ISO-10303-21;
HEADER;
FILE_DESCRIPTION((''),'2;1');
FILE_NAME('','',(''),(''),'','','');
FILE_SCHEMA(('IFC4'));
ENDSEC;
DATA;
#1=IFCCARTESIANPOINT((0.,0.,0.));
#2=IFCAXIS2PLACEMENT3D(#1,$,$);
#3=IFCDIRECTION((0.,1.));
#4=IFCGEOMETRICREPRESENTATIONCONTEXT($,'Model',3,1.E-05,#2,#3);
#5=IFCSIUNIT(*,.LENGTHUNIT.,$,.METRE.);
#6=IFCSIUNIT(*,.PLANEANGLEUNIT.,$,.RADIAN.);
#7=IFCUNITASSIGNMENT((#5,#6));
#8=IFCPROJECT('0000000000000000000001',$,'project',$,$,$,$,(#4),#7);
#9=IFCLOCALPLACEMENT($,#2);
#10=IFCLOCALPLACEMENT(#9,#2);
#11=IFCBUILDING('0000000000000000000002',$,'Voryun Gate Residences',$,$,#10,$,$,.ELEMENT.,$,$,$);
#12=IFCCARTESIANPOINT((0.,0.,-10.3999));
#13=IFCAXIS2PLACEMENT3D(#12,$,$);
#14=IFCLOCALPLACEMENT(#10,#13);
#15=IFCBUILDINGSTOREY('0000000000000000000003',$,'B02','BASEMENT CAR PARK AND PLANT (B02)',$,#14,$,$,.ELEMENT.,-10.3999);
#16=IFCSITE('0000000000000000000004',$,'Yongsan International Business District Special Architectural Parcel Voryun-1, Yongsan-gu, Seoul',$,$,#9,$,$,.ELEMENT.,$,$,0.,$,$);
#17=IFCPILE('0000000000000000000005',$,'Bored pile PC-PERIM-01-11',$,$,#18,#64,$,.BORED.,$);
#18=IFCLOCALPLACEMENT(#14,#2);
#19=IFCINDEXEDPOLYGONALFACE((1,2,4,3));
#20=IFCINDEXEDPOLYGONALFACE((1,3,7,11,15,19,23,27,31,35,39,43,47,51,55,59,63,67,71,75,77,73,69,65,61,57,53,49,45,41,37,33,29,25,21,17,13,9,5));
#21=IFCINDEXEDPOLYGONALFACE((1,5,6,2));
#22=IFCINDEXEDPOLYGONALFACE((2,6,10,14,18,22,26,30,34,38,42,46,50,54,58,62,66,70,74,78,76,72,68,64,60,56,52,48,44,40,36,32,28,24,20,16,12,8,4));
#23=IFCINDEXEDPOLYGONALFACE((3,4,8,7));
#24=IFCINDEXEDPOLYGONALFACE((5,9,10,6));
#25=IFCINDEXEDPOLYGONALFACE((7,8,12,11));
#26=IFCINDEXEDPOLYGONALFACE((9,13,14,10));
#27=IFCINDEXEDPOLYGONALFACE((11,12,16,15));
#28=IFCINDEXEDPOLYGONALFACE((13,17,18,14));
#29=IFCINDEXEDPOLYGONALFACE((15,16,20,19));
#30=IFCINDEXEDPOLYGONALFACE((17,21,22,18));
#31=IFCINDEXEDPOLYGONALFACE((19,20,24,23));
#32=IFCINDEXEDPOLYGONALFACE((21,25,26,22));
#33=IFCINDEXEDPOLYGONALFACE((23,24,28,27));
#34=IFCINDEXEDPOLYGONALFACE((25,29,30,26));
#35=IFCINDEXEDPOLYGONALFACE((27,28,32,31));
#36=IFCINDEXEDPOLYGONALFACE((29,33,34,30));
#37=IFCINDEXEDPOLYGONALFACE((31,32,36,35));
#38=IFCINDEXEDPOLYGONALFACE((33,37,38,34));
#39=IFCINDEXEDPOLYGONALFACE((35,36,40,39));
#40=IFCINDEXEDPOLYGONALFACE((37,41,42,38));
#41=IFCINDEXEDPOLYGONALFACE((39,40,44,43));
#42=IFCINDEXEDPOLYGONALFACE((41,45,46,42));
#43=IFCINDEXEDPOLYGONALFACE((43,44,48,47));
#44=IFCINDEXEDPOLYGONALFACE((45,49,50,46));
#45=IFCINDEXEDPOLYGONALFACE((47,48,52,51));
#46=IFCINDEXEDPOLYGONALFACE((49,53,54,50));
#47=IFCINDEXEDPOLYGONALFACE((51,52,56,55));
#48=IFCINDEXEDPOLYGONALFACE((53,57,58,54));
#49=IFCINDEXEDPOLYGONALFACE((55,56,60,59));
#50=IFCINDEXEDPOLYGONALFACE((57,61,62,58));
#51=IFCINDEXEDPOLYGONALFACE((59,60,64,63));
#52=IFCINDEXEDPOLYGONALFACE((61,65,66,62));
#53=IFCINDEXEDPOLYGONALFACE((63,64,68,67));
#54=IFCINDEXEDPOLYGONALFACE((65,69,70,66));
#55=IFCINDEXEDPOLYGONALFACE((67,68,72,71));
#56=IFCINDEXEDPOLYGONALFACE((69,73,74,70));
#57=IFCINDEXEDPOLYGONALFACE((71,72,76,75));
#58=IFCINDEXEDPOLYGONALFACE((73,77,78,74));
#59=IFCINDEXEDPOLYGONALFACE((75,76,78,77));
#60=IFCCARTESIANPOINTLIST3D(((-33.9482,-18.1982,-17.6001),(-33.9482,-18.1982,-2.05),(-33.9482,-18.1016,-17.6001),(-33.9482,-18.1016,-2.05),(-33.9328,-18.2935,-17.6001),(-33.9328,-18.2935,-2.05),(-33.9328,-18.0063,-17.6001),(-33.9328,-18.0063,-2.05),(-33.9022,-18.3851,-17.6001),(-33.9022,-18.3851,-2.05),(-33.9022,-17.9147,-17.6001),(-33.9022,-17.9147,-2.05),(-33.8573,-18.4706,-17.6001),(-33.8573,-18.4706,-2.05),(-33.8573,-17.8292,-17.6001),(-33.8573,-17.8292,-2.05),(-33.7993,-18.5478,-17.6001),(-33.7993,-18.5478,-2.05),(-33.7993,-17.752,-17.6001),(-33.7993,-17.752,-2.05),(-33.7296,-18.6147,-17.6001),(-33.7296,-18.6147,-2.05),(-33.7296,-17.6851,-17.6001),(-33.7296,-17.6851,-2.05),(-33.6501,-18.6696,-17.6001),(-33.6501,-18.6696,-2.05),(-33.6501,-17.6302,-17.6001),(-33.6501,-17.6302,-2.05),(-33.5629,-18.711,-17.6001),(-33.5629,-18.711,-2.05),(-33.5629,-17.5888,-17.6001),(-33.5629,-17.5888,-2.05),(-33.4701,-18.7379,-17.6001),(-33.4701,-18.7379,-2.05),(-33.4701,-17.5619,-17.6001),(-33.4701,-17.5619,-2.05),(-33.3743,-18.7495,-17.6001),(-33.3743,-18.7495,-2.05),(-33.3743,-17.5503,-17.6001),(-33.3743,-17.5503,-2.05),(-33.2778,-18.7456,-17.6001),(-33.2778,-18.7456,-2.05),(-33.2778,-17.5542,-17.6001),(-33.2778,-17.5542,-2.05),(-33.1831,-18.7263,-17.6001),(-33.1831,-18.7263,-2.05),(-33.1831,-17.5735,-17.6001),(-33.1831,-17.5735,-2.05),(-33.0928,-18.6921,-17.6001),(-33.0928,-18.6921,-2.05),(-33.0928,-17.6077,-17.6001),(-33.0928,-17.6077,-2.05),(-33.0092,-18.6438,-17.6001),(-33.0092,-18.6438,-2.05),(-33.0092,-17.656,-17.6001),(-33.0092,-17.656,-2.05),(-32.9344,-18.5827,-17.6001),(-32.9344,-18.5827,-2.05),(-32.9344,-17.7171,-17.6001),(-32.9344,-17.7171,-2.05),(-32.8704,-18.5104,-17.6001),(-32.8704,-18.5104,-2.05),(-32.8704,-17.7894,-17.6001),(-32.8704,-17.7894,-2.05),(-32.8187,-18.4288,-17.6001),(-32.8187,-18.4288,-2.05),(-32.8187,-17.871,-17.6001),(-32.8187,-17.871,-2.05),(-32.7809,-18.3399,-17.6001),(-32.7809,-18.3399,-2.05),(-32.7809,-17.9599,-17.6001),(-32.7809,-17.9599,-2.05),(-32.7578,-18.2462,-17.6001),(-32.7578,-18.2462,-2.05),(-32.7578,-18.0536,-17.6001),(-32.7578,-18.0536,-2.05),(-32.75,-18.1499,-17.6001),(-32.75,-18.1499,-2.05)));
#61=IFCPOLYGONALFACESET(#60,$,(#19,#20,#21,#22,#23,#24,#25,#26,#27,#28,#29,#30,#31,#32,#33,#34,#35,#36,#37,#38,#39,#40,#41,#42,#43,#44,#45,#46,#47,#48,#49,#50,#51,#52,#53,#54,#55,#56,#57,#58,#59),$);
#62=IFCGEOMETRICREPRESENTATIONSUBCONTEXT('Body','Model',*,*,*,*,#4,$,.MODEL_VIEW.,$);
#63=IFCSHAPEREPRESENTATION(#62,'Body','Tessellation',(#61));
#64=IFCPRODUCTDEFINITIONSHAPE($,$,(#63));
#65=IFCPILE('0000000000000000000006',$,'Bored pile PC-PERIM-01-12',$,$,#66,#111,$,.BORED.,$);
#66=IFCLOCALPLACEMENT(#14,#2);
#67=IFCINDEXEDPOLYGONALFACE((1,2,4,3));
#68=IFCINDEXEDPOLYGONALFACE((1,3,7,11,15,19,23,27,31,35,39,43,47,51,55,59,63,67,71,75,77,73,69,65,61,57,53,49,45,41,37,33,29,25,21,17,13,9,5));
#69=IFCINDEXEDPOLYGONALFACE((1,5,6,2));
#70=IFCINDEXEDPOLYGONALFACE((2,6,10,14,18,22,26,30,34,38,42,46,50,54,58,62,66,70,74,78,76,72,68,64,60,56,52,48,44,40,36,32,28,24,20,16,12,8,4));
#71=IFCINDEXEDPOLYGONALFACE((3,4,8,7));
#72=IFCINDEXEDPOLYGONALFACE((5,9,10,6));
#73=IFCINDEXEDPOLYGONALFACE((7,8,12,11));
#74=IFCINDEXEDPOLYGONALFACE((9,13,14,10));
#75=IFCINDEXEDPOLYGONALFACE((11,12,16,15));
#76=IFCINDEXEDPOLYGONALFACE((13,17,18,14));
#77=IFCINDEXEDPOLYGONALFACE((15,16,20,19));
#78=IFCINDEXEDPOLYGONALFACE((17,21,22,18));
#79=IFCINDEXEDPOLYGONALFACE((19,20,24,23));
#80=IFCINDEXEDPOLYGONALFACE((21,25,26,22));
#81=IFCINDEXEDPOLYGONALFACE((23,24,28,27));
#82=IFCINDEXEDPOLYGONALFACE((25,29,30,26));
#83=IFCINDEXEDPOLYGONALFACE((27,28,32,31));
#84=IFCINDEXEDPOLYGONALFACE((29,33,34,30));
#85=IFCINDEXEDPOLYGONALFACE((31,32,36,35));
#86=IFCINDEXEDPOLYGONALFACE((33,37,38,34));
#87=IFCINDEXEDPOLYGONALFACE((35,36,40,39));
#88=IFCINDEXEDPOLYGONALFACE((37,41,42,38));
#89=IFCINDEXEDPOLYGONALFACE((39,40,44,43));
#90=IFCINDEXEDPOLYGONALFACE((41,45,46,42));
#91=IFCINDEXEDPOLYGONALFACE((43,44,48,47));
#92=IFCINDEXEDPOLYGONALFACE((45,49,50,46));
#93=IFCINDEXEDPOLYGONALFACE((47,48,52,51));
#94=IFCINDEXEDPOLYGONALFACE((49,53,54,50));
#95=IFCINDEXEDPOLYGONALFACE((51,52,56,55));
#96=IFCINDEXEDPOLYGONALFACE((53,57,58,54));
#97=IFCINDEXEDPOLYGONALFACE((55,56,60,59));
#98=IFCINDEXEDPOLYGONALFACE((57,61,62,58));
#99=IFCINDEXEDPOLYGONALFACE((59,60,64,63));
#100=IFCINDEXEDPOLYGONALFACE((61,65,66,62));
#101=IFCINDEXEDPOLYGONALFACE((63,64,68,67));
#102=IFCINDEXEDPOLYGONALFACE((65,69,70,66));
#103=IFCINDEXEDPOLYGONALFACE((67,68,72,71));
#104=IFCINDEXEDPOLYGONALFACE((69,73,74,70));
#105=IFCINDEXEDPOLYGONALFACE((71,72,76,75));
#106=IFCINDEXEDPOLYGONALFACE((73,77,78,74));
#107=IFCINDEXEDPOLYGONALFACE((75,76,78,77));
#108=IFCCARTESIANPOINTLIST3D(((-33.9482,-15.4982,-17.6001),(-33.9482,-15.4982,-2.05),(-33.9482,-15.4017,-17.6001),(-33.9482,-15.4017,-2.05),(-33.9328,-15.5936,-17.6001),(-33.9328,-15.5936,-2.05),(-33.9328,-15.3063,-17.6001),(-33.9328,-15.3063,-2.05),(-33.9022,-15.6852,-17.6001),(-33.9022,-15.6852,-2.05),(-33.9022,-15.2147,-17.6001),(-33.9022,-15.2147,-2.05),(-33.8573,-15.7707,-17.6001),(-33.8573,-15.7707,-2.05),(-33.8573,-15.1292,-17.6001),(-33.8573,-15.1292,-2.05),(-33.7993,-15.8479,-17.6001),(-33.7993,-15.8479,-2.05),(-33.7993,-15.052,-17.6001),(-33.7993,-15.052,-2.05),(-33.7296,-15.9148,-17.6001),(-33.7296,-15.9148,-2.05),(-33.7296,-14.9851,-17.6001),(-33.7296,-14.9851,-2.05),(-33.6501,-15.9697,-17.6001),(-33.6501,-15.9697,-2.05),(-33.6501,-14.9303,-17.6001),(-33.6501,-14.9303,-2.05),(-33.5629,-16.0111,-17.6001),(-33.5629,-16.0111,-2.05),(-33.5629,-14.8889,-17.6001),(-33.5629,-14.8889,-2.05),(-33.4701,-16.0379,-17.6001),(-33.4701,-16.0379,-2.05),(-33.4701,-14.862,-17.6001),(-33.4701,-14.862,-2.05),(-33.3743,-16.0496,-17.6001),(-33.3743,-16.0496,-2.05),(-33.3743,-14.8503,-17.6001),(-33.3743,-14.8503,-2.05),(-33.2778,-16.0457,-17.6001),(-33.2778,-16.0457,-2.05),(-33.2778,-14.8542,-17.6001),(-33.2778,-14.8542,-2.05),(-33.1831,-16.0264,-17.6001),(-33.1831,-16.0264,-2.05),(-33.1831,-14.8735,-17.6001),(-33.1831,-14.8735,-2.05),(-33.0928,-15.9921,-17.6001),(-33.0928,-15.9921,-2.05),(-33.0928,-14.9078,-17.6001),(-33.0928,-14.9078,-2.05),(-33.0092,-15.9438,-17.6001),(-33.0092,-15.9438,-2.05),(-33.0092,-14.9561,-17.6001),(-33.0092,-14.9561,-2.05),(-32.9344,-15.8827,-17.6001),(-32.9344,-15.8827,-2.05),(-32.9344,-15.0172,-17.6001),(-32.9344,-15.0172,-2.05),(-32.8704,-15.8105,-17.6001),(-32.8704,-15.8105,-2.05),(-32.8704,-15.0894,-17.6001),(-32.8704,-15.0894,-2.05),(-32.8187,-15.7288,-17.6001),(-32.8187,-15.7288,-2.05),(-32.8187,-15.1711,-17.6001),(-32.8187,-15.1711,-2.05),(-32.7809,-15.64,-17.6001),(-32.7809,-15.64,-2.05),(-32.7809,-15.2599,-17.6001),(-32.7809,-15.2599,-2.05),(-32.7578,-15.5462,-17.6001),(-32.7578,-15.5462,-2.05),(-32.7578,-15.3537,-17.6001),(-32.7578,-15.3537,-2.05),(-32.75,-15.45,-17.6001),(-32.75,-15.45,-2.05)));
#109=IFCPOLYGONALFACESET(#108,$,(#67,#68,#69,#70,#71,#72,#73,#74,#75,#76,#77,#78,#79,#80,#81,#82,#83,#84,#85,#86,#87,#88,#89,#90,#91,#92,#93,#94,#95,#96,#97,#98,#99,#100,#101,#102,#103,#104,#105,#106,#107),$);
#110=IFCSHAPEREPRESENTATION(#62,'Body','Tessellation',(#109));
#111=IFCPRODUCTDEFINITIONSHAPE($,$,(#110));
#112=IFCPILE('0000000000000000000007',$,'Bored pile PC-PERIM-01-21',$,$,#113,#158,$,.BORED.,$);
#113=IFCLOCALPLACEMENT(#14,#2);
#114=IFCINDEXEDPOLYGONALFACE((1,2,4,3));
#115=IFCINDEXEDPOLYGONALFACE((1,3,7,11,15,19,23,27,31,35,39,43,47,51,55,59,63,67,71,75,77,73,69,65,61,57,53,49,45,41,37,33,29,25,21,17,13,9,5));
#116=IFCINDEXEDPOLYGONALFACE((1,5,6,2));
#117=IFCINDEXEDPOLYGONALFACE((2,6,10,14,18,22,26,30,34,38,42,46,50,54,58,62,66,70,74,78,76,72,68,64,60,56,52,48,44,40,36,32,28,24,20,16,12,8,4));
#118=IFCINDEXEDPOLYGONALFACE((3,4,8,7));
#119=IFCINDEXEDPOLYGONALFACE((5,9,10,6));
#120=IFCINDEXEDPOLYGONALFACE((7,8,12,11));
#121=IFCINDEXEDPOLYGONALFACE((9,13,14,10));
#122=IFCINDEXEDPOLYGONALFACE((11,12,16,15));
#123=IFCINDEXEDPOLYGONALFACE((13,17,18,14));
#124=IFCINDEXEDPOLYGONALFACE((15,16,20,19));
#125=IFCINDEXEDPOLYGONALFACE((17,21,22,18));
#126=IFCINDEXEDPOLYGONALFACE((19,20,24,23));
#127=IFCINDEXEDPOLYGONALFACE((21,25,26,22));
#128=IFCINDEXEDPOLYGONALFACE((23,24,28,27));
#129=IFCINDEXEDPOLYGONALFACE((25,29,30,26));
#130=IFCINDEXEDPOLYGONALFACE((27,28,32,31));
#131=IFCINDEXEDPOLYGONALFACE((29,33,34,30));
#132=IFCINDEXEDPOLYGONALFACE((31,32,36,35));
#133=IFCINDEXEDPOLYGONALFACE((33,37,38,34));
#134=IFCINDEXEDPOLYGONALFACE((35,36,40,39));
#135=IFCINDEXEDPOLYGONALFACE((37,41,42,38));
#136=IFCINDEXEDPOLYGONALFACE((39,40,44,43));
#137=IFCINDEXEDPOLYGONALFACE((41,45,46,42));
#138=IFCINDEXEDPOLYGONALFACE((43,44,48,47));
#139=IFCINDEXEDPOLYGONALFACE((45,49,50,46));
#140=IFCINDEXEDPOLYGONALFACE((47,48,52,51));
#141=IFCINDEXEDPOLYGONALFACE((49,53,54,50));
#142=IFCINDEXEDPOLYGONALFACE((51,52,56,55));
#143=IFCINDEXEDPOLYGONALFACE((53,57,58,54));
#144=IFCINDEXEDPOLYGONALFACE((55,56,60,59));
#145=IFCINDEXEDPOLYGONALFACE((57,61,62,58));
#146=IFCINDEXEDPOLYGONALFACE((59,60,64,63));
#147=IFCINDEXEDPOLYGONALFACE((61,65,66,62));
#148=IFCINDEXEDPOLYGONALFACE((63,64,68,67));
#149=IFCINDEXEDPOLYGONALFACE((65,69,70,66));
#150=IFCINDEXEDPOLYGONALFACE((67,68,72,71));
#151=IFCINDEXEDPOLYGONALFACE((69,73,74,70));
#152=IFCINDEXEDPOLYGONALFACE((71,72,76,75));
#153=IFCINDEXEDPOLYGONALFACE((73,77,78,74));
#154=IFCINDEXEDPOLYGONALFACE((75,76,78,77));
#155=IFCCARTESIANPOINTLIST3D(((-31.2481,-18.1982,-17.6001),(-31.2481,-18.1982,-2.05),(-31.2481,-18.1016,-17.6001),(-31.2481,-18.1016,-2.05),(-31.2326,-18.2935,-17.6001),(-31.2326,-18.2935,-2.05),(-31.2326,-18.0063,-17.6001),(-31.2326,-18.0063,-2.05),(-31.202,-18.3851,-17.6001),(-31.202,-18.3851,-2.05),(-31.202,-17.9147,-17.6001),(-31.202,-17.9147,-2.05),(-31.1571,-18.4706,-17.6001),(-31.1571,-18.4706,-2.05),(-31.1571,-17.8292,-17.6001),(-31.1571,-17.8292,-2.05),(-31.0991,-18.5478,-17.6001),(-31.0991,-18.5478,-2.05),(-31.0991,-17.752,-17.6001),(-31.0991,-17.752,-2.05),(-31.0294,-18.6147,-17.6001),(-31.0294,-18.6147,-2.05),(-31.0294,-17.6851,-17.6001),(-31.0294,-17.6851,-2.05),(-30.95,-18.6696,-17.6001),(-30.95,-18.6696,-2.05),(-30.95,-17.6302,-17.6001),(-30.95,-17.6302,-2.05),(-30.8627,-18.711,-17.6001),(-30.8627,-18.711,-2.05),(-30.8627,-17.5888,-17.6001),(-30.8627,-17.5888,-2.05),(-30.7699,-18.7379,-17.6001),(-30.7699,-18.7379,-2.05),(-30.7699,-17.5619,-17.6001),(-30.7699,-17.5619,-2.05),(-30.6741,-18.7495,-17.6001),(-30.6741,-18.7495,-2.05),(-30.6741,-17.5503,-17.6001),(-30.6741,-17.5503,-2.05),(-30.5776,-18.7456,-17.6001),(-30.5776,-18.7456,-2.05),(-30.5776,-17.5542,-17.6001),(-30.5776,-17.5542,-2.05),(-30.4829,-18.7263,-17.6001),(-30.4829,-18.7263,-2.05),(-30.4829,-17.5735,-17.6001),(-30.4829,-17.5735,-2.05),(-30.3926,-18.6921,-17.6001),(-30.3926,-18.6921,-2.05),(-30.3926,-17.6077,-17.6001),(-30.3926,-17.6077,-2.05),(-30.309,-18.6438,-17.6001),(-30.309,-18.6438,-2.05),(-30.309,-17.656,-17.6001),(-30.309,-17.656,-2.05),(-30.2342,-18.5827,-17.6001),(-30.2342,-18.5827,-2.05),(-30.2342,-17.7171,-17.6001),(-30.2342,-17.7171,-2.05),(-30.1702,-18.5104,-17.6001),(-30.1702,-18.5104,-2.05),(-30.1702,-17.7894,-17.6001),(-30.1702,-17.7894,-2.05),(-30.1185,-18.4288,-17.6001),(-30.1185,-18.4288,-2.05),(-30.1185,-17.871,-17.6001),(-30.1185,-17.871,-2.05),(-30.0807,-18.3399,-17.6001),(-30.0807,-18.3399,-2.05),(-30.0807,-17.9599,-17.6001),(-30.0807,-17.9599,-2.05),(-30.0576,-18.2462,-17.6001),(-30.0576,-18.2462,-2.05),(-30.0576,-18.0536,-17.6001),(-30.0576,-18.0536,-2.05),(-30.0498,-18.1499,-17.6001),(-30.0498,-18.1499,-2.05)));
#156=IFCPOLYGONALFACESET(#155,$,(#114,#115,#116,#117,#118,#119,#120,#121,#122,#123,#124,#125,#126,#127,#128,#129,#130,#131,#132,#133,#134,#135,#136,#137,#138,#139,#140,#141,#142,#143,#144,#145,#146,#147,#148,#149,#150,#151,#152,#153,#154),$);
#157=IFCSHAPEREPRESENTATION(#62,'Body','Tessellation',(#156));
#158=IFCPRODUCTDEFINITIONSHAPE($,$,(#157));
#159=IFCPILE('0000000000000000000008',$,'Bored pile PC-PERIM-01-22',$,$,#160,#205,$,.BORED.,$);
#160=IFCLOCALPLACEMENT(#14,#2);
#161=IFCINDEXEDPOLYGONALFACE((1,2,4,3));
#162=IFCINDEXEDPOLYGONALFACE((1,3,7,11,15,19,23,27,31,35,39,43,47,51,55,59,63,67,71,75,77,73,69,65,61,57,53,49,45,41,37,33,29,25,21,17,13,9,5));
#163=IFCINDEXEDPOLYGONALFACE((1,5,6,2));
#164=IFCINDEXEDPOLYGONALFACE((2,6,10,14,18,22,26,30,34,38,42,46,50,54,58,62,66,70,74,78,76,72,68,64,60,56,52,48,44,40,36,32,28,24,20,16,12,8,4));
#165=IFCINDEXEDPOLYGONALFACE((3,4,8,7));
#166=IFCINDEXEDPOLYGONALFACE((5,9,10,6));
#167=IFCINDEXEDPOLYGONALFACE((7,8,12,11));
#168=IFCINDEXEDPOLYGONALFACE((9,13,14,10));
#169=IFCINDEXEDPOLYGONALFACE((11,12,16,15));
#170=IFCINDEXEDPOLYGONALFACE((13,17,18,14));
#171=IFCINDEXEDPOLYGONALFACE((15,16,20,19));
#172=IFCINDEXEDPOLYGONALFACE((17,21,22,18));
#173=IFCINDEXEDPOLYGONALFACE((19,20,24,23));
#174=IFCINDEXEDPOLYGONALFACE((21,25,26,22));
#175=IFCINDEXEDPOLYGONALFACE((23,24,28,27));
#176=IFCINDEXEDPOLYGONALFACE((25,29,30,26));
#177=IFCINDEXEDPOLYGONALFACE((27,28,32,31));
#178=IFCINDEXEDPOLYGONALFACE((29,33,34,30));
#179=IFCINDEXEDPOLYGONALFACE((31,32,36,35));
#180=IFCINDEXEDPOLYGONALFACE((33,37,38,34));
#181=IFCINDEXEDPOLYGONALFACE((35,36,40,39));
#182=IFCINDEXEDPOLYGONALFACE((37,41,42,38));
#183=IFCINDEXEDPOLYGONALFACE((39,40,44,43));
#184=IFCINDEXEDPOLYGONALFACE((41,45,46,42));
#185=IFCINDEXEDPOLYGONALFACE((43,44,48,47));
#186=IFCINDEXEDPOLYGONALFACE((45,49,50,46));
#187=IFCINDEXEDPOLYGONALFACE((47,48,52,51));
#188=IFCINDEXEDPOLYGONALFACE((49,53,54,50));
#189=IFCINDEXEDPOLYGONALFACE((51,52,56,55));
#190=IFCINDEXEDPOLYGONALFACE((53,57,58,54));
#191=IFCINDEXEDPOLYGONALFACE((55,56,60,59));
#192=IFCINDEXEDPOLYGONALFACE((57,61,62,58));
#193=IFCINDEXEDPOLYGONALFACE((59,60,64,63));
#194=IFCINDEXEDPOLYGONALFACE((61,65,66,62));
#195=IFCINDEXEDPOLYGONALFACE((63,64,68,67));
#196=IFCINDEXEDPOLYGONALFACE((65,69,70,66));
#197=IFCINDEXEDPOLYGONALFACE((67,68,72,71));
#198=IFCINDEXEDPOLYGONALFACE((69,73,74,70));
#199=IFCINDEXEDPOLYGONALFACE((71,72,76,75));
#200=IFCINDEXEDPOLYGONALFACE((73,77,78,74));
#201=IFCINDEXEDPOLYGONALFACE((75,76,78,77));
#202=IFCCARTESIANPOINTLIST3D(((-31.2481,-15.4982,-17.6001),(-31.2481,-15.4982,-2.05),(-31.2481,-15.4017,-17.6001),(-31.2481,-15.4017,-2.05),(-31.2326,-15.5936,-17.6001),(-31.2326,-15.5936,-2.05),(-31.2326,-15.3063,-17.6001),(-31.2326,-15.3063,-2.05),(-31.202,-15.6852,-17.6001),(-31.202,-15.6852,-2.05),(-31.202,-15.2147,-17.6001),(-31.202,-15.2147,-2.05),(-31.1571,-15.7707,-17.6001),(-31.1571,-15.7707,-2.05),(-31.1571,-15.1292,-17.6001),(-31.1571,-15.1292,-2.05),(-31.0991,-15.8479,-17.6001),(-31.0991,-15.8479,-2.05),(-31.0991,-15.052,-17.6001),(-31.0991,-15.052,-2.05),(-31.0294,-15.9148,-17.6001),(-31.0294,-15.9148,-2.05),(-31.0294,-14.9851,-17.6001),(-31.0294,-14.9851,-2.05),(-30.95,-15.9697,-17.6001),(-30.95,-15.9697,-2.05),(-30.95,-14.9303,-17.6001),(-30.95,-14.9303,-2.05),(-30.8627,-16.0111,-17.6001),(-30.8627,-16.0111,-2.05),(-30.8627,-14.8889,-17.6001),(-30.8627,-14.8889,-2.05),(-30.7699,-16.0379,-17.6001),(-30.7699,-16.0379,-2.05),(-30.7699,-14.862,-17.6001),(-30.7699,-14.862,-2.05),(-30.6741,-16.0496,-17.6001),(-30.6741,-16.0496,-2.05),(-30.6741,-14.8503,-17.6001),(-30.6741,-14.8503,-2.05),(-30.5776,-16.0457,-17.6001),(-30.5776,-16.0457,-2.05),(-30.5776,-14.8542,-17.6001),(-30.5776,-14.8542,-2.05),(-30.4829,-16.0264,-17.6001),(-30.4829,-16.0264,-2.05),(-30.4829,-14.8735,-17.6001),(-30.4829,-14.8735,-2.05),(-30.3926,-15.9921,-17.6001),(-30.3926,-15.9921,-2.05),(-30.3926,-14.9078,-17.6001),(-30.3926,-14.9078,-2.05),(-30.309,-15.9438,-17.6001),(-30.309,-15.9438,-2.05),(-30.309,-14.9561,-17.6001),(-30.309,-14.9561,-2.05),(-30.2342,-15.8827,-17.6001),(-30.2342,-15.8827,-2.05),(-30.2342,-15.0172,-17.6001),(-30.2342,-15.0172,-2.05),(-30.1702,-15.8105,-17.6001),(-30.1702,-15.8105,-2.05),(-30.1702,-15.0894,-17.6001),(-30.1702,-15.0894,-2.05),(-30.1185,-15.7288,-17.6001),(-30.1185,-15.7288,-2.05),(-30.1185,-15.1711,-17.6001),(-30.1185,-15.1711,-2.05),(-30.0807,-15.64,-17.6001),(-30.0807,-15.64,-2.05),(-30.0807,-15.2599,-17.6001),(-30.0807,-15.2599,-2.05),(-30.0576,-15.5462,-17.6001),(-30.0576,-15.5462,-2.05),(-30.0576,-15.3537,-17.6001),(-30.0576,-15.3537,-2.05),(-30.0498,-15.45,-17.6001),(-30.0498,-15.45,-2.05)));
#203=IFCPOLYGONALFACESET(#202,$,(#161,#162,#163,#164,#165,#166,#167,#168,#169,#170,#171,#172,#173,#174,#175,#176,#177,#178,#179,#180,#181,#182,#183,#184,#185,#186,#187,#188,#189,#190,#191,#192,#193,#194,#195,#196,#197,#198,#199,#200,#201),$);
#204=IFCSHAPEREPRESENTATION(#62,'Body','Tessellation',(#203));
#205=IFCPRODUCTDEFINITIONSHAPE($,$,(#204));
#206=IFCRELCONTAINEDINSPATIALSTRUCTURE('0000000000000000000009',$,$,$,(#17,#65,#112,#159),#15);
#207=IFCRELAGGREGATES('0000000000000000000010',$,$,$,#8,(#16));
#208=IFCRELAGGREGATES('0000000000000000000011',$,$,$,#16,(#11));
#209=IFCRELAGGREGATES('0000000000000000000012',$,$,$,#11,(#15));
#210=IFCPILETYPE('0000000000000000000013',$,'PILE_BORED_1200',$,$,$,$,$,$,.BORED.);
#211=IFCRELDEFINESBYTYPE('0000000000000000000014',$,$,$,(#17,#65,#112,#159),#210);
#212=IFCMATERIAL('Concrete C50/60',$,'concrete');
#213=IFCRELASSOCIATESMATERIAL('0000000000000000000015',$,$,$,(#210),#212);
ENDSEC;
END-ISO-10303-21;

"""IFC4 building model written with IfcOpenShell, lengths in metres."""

from ifc_helpers import new_model, si_unit, direction, frame, origin, origin_2d, place, context, subcontext, project, spatial, circle, extrude, material, material_profile, profile_set, type_object, element, save


model = new_model("IFC4")

# Units and contexts
model_context = context("Model", 3, precision=1e-05, world=origin(), true_north=direction((0.0, 1.0)))
body_context = subcontext(model_context, "Body", "Model", "MODEL_VIEW")
ifc_project = project(units=[si_unit("LENGTHUNIT", "METRE"), si_unit("PLANEANGLEUNIT", "RADIAN")], contexts=[model_context])

# Site, building, storey
site_placement = place(None, origin())
site = spatial("IfcSite", under=ifc_project, at=site_placement, Name="Yongsan International Business District Special Architectural Parcel Voryun-1, Yongsan-gu, Seoul", CompositionType="ELEMENT", RefElevation=0.0)
building_placement = place(site_placement, origin())
building = spatial("IfcBuilding", under=site, at=building_placement, Name="Voryun Gate Residences", CompositionType="ELEMENT")
storey_placement = place(building_placement, frame((0.0, 0.0, -10.3999)))
storey = spatial("IfcBuildingStorey", under=building, at=storey_placement, Name="B02", Description="BASEMENT CAR PARK AND PLANT (B02)", CompositionType="ELEMENT", Elevation=-10.3999)

# Piles
ifc_material_1 = material(Name="Concrete C50/60", Category="concrete")
ifc_material_profile_1 = material_profile(ifc_material_1, circle(Radius=0.6001, at=origin_2d()), Name="PILE-D1200")
ifc_profile_set_1 = profile_set([ifc_material_profile_1], Name="Concrete C50/60")
pile_type = type_object("IfcPileType", Name="PILE_BORED_1200", PredefinedType="BORED", material=ifc_profile_set_1)
for number, where, z_axis, x_axis, name in (
    (1, (-33.3501, -18.1499, -2.05), (0.0, 0.0, -1.0), (1.0, 0.0, 0.0), "Bored pile PC-PERIM-01-11"),
    (2, (-33.3501, -15.45, -2.05), (0.0, 0.0, -1.0), (1.0, 0.0, 0.0), "Bored pile PC-PERIM-01-12"),
    (3, (-30.6499, -18.1499, -2.05), (0.0, 0.0, -1.0), (1.0, 0.0, 0.0), "Bored pile PC-PERIM-01-21"),
    (4, (-30.6499, -15.45, -2.05), (0.0, 0.0, -1.0), (1.0, 0.0, 0.0), "Bored pile PC-PERIM-01-22"),
):
    element("IfcPile", number, at=place(storey_placement, frame(where, z_axis=z_axis, x_axis=x_axis)), inside=storey, type_object=pile_type, Name=name, PredefinedType="BORED", context=body_context, shape_type="SweptSolid", body=[
        extrude(circle(Radius=0.6001, at=origin_2d()), origin(), (0.0, 0.0, 1.0), 15.55),
    ])

save(model, "model.ifc")
